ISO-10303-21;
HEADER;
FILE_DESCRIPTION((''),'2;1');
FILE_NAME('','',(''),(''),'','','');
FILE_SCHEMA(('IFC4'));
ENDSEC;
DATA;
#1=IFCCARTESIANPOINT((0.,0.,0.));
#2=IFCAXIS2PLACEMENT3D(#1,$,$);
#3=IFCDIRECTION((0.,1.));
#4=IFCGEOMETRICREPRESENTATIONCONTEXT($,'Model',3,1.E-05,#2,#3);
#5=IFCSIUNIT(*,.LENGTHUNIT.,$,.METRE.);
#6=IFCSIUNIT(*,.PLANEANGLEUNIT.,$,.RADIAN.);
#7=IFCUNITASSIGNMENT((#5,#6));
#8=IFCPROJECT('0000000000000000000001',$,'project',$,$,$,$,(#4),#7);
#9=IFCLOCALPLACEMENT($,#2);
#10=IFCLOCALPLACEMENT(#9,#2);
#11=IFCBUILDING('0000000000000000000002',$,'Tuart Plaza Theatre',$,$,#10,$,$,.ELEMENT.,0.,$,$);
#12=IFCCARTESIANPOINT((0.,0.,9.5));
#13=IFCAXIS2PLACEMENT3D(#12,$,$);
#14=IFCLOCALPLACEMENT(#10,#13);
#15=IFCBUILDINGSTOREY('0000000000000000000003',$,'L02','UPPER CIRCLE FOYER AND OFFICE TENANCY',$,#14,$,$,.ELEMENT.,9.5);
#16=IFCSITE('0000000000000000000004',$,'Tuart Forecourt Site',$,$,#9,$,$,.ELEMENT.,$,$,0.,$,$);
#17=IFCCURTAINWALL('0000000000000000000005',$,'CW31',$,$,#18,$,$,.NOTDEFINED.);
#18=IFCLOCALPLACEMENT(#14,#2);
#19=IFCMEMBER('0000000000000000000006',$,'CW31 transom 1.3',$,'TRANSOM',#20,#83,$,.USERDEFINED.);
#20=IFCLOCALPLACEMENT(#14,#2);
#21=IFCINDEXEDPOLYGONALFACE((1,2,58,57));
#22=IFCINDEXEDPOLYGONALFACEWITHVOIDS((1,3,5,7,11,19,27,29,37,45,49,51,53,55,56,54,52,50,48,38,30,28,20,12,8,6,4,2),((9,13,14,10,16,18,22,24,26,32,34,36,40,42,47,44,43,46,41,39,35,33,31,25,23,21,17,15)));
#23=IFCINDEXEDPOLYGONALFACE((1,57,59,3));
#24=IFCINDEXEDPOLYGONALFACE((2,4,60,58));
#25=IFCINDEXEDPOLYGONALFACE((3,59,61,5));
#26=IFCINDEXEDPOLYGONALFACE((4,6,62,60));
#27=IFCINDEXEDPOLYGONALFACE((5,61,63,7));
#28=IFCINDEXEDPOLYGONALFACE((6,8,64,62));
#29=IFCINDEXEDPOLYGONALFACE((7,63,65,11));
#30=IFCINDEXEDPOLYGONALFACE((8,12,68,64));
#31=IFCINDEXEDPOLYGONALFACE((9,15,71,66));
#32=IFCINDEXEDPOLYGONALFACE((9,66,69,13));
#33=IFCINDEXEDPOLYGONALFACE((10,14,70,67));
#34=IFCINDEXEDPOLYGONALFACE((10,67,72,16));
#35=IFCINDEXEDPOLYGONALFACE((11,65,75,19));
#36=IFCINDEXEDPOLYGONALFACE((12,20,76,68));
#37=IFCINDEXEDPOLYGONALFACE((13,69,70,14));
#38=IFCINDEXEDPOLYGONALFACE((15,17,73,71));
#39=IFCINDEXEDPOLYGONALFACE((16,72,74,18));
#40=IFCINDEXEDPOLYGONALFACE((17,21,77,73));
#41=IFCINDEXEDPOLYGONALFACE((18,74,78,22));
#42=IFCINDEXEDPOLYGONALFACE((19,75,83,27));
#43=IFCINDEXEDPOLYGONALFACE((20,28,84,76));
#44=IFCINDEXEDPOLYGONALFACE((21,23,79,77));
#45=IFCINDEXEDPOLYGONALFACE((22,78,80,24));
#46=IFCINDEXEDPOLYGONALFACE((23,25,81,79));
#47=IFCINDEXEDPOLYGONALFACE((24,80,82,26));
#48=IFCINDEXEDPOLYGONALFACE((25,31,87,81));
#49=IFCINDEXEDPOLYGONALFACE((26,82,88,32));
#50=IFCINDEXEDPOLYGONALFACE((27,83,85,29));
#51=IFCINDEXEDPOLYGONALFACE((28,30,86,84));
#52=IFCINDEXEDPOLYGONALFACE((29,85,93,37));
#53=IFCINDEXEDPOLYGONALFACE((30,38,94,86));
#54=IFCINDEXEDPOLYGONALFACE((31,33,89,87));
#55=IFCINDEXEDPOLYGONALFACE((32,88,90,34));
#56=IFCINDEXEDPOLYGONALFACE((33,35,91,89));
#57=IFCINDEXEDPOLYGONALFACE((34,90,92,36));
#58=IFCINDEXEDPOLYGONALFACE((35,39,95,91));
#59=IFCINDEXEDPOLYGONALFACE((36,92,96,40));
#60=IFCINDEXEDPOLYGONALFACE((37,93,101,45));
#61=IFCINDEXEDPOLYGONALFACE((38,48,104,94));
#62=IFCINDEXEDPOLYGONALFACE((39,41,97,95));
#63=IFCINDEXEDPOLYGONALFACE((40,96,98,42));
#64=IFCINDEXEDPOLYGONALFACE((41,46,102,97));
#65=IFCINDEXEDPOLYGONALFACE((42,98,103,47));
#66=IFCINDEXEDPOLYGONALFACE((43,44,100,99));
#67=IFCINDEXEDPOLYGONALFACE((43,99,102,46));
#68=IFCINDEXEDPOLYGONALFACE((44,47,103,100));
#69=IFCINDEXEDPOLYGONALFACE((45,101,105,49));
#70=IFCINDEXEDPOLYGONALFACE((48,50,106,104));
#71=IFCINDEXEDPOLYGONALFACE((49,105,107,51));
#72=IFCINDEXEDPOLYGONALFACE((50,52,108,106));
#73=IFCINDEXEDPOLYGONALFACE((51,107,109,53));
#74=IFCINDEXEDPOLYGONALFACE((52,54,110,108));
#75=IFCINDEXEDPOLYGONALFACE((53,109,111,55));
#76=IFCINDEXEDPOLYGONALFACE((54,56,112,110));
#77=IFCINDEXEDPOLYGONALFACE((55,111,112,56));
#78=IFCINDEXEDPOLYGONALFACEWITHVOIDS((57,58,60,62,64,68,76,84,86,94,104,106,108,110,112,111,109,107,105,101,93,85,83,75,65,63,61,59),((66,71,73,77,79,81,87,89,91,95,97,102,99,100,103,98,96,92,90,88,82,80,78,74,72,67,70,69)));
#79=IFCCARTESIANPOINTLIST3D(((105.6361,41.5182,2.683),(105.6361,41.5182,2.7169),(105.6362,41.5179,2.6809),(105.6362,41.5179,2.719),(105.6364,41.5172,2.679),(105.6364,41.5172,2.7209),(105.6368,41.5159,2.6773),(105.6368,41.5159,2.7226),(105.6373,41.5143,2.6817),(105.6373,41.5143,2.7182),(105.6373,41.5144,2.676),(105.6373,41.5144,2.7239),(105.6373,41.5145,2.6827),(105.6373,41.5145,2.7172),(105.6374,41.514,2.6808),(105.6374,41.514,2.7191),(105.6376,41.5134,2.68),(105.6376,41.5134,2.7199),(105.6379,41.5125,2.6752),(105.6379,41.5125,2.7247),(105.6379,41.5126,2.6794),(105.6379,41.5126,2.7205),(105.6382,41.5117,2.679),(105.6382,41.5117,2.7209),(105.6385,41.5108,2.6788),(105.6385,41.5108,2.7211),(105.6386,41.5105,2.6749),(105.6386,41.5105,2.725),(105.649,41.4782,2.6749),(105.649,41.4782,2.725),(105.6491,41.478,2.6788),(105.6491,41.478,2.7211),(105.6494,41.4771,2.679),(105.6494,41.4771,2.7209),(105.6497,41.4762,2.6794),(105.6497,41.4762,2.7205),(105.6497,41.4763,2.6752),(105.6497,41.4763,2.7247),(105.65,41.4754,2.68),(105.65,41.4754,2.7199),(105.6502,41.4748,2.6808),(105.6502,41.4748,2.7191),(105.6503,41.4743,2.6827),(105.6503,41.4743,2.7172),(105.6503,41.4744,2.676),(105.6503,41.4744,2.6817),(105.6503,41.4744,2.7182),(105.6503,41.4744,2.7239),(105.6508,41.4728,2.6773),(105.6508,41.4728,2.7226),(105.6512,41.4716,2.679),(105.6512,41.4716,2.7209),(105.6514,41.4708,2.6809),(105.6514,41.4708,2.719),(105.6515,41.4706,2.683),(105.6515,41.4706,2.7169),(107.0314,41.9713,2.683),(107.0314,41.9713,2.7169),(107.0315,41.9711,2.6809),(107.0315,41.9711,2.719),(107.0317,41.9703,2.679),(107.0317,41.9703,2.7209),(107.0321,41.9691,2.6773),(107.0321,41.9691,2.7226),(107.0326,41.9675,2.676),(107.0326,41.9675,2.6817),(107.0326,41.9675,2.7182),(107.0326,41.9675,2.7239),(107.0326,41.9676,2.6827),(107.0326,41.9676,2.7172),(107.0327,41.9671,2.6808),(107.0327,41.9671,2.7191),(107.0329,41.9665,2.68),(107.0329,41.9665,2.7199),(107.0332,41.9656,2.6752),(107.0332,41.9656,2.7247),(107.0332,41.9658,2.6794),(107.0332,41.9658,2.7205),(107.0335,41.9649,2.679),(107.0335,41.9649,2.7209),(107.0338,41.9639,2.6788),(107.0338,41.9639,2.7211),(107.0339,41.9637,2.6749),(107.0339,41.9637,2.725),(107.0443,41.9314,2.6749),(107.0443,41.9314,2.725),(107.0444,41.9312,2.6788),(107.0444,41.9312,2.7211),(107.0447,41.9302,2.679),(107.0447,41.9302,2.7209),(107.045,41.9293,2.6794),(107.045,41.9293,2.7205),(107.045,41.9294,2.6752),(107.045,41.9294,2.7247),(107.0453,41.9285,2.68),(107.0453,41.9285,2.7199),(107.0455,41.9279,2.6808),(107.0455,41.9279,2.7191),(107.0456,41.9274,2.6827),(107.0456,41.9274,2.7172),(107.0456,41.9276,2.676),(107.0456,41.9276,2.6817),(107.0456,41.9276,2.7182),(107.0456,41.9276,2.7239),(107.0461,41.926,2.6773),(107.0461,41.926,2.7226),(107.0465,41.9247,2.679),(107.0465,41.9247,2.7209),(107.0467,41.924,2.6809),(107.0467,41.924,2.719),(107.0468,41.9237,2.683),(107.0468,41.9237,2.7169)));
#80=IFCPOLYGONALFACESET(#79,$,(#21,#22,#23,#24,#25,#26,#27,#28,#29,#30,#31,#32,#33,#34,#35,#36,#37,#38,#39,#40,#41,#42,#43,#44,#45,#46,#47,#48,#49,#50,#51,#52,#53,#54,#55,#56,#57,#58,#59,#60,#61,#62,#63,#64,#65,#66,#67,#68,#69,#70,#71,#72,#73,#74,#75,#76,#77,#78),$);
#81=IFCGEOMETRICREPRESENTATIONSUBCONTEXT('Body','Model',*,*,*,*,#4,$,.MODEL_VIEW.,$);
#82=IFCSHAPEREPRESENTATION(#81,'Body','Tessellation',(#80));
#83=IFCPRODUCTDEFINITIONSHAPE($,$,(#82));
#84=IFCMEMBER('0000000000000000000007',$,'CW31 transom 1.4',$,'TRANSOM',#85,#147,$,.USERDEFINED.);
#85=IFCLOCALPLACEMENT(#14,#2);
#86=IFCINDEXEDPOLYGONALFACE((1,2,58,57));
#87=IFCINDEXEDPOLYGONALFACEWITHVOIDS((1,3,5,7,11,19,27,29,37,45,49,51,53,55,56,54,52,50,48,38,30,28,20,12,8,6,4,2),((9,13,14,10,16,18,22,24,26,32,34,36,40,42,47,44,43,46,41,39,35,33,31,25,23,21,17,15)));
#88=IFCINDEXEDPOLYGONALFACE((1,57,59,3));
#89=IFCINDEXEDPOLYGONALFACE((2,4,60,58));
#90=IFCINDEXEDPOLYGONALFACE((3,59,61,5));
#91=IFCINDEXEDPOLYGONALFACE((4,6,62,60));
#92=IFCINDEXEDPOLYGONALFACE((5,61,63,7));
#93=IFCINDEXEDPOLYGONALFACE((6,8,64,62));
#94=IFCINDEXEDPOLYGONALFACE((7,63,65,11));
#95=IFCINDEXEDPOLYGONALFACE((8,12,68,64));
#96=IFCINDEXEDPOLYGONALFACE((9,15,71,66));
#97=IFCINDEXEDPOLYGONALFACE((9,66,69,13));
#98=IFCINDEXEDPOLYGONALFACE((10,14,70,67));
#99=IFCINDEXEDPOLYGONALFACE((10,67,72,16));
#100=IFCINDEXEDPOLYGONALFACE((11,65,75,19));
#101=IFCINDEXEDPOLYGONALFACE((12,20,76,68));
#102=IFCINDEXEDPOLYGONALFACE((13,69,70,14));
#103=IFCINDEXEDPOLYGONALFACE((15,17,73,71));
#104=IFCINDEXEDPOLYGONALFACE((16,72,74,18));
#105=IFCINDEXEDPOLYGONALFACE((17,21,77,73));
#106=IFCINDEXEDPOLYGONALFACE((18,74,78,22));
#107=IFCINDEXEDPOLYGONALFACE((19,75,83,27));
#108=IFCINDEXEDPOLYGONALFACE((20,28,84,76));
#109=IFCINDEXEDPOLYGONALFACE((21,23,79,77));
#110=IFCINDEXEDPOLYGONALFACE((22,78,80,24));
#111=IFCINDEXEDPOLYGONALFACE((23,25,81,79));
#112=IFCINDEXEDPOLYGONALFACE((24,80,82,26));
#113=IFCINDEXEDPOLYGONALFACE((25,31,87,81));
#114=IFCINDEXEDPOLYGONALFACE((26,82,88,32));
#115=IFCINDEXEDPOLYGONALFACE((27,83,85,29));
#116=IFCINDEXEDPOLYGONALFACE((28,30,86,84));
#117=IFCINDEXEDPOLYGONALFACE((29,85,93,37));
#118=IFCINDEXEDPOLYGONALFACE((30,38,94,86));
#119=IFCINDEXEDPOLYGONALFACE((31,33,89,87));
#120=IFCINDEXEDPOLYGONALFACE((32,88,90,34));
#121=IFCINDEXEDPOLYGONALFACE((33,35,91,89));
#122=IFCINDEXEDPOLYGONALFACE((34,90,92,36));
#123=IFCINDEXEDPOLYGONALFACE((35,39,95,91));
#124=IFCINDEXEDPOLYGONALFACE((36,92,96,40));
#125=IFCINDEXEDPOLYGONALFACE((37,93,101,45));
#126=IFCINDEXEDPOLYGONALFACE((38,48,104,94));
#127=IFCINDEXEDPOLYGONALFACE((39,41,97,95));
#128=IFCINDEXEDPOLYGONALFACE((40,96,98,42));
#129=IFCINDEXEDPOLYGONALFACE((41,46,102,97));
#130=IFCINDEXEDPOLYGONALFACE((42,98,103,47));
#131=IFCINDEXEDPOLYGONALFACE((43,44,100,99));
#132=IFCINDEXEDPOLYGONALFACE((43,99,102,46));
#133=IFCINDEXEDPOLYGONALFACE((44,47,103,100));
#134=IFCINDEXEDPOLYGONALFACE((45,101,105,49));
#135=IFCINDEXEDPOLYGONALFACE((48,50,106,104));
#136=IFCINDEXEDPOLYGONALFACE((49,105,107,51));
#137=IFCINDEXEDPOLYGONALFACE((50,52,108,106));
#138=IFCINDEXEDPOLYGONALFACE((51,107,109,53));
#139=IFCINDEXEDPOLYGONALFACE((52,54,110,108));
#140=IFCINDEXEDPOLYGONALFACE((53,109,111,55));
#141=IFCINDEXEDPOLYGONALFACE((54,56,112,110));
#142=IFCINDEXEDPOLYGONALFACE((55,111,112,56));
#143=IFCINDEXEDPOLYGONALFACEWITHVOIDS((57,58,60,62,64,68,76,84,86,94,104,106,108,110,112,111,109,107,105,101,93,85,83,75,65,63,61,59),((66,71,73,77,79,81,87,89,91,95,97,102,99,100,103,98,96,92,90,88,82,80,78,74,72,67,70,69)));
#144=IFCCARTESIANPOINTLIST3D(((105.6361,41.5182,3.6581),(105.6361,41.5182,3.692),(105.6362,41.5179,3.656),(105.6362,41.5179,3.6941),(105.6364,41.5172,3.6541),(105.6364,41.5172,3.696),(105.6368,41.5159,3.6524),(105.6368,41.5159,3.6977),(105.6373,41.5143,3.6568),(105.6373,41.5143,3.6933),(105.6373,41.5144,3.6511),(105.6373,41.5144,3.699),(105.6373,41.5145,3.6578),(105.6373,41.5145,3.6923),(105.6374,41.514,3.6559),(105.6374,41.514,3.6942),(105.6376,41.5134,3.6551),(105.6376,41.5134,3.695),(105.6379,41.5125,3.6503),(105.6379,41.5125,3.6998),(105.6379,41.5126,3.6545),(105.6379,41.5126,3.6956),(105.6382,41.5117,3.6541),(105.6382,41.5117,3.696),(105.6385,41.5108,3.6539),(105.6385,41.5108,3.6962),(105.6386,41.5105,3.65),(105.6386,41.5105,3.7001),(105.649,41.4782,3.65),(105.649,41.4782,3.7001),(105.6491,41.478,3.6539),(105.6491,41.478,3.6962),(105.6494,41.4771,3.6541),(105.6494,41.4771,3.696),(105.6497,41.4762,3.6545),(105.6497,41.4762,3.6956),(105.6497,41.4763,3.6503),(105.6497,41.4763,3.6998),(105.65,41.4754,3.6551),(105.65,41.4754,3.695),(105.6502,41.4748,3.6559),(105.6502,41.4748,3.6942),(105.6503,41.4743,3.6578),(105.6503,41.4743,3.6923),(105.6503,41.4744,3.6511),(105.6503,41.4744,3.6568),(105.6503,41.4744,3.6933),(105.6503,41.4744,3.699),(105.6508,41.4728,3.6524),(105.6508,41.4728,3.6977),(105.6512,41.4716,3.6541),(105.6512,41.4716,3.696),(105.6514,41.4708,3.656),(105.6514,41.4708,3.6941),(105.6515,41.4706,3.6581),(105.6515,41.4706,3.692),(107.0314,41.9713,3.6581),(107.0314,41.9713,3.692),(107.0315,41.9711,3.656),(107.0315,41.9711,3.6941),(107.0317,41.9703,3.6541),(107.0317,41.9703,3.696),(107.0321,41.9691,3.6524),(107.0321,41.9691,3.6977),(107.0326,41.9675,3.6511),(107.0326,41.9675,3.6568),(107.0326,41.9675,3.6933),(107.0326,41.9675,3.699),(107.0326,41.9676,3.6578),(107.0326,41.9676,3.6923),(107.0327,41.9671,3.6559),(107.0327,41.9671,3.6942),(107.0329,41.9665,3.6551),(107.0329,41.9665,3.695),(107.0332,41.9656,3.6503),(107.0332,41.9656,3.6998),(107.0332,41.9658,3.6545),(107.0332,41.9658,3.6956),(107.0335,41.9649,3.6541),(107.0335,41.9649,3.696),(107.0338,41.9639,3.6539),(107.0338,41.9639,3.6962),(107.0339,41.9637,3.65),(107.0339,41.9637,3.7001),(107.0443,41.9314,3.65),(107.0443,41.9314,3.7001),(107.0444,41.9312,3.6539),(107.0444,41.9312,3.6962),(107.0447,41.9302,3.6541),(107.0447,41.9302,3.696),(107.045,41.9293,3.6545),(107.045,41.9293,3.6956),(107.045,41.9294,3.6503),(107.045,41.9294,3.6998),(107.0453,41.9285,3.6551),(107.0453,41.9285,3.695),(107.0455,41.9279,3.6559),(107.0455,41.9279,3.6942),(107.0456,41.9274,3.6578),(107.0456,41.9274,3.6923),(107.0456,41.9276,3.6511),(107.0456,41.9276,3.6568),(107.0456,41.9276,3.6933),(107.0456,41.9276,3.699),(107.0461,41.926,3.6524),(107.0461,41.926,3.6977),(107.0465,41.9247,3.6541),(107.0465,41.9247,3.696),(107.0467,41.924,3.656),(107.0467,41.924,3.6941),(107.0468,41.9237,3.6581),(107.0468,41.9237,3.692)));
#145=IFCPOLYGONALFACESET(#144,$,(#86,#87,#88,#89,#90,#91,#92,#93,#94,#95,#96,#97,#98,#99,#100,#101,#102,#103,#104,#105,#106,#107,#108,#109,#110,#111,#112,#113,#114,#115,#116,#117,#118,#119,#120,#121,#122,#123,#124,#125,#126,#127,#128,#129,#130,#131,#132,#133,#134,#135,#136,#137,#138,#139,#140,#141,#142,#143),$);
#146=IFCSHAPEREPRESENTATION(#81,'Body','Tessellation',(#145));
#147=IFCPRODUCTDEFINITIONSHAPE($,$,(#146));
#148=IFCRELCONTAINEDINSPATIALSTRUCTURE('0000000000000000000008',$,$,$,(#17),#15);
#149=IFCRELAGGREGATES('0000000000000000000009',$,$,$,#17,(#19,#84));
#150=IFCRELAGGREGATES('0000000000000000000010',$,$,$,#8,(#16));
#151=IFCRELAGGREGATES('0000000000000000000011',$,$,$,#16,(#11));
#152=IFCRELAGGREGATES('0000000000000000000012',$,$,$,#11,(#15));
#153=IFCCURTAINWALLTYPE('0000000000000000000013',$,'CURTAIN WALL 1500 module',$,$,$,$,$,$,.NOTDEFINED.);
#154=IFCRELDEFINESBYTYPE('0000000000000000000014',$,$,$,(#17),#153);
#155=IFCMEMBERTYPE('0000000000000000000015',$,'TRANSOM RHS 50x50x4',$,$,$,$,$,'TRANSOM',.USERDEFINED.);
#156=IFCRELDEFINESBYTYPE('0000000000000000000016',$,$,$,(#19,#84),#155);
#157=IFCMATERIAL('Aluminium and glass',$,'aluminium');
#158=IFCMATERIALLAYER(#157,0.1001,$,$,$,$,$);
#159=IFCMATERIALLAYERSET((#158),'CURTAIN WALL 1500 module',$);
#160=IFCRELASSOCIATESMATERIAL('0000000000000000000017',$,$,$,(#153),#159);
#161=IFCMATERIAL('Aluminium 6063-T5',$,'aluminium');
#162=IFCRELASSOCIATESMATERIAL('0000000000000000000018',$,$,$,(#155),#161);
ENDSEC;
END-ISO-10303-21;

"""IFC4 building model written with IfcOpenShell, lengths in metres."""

from ifc_helpers import new_model, si_unit, direction, frame, origin, origin_2d, place, context, subcontext, project, spatial, hollow_rectangle, extrude, material, layer, layer_set, material_profile, profile_set, type_object, element, aggregate, save


model = new_model("IFC4")

# Units and contexts
model_context = context("Model", 3, precision=1e-05, world=origin(), true_north=direction((0.0, 1.0)))
body_context = subcontext(model_context, "Body", "Model", "MODEL_VIEW")
ifc_project = project(units=[si_unit("LENGTHUNIT", "METRE"), si_unit("PLANEANGLEUNIT", "RADIAN")], contexts=[model_context])

# Site, building, storey
site_placement = place(None, origin())
site = spatial("IfcSite", under=ifc_project, at=site_placement, Name="Tuart Forecourt Site", CompositionType="ELEMENT", RefElevation=0.0)
building_placement = place(site_placement, origin())
building = spatial("IfcBuilding", under=site, at=building_placement, Name="Tuart Plaza Theatre", CompositionType="ELEMENT", ElevationOfRefHeight=0.0)
storey_placement = place(building_placement, frame((0.0, 0.0, 9.5)))
storey = spatial("IfcBuildingStorey", under=building, at=storey_placement, Name="L02", Description="UPPER CIRCLE FOYER AND OFFICE TENANCY", CompositionType="ELEMENT", Elevation=9.5)

# Shared definitions
ifc_material_1 = material(Name="Aluminium and glass", Category="aluminium")
ifc_layer_1 = layer(ifc_material_1, 0.1001)
ifc_layer_set_1 = layer_set([ifc_layer_1], Name="CURTAIN WALL 1500 module")
curtain_wall_type = type_object("IfcCurtainWallType", Name="CURTAIN WALL 1500 module", PredefinedType="NOTDEFINED", material=ifc_layer_set_1)

# Curtain wall
curtain_wall_1_placement = place(storey_placement, origin())
curtain_wall_1 = element("IfcCurtainWall", 1, at=curtain_wall_1_placement, inside=storey, type_object=curtain_wall_type, Name="CW31", PredefinedType="NOTDEFINED")

# Members
ifc_material_2 = material(Name="Aluminium 6063-T5", Category="aluminium")
ifc_material_profile_1 = material_profile(ifc_material_2, hollow_rectangle(XDim=0.05, YDim=0.05, WallThickness=0.0039, InnerFilletRadius=0.0039, OuterFilletRadius=0.0081, at=origin_2d()), Name="RHS 50x50x4")
ifc_profile_set_1 = profile_set([ifc_material_profile_1], Name="Aluminium 6063-T5")
member_type_1 = type_object("IfcMemberType", Name="TRANSOM RHS 50x50x4", ElementType="TRANSOM", PredefinedType="USERDEFINED", material=ifc_profile_set_1)
member_1_placement = place(storey_placement, frame((105.6438, 41.4944, 2.7), z_axis=(0.951101, 0.308879, 0.0), x_axis=(-0.308879, 0.951101, 0.0)))
member_1 = element("IfcMember", 2, at=member_1_placement, type_object=member_type_1, Name="CW31 transom 1.3", ObjectType="TRANSOM", PredefinedType="USERDEFINED", context=body_context, shape_type="SweptSolid", body=[
    extrude(hollow_rectangle(XDim=0.05, YDim=0.05, WallThickness=0.0039, InnerFilletRadius=0.0039, OuterFilletRadius=0.0081, at=origin_2d()), origin(), (0.0, 0.0, 1.0), 1.467),
])
member_2_placement = place(storey_placement, frame((105.6438, 41.4944, 3.675), z_axis=(0.951101, 0.308879, 0.0), x_axis=(-0.308879, 0.951101, 0.0)))
member_2 = element("IfcMember", 3, at=member_2_placement, type_object=member_type_1, Name="CW31 transom 1.4", ObjectType="TRANSOM", PredefinedType="USERDEFINED", context=body_context, shape_type="SweptSolid", body=[
    extrude(hollow_rectangle(XDim=0.05, YDim=0.05, WallThickness=0.0039, InnerFilletRadius=0.0039, OuterFilletRadius=0.0081, at=origin_2d()), origin(), (0.0, 0.0, 1.0), 1.467),
])

aggregate(curtain_wall_1, [member_1, member_2])

save(model, "model.ifc")
